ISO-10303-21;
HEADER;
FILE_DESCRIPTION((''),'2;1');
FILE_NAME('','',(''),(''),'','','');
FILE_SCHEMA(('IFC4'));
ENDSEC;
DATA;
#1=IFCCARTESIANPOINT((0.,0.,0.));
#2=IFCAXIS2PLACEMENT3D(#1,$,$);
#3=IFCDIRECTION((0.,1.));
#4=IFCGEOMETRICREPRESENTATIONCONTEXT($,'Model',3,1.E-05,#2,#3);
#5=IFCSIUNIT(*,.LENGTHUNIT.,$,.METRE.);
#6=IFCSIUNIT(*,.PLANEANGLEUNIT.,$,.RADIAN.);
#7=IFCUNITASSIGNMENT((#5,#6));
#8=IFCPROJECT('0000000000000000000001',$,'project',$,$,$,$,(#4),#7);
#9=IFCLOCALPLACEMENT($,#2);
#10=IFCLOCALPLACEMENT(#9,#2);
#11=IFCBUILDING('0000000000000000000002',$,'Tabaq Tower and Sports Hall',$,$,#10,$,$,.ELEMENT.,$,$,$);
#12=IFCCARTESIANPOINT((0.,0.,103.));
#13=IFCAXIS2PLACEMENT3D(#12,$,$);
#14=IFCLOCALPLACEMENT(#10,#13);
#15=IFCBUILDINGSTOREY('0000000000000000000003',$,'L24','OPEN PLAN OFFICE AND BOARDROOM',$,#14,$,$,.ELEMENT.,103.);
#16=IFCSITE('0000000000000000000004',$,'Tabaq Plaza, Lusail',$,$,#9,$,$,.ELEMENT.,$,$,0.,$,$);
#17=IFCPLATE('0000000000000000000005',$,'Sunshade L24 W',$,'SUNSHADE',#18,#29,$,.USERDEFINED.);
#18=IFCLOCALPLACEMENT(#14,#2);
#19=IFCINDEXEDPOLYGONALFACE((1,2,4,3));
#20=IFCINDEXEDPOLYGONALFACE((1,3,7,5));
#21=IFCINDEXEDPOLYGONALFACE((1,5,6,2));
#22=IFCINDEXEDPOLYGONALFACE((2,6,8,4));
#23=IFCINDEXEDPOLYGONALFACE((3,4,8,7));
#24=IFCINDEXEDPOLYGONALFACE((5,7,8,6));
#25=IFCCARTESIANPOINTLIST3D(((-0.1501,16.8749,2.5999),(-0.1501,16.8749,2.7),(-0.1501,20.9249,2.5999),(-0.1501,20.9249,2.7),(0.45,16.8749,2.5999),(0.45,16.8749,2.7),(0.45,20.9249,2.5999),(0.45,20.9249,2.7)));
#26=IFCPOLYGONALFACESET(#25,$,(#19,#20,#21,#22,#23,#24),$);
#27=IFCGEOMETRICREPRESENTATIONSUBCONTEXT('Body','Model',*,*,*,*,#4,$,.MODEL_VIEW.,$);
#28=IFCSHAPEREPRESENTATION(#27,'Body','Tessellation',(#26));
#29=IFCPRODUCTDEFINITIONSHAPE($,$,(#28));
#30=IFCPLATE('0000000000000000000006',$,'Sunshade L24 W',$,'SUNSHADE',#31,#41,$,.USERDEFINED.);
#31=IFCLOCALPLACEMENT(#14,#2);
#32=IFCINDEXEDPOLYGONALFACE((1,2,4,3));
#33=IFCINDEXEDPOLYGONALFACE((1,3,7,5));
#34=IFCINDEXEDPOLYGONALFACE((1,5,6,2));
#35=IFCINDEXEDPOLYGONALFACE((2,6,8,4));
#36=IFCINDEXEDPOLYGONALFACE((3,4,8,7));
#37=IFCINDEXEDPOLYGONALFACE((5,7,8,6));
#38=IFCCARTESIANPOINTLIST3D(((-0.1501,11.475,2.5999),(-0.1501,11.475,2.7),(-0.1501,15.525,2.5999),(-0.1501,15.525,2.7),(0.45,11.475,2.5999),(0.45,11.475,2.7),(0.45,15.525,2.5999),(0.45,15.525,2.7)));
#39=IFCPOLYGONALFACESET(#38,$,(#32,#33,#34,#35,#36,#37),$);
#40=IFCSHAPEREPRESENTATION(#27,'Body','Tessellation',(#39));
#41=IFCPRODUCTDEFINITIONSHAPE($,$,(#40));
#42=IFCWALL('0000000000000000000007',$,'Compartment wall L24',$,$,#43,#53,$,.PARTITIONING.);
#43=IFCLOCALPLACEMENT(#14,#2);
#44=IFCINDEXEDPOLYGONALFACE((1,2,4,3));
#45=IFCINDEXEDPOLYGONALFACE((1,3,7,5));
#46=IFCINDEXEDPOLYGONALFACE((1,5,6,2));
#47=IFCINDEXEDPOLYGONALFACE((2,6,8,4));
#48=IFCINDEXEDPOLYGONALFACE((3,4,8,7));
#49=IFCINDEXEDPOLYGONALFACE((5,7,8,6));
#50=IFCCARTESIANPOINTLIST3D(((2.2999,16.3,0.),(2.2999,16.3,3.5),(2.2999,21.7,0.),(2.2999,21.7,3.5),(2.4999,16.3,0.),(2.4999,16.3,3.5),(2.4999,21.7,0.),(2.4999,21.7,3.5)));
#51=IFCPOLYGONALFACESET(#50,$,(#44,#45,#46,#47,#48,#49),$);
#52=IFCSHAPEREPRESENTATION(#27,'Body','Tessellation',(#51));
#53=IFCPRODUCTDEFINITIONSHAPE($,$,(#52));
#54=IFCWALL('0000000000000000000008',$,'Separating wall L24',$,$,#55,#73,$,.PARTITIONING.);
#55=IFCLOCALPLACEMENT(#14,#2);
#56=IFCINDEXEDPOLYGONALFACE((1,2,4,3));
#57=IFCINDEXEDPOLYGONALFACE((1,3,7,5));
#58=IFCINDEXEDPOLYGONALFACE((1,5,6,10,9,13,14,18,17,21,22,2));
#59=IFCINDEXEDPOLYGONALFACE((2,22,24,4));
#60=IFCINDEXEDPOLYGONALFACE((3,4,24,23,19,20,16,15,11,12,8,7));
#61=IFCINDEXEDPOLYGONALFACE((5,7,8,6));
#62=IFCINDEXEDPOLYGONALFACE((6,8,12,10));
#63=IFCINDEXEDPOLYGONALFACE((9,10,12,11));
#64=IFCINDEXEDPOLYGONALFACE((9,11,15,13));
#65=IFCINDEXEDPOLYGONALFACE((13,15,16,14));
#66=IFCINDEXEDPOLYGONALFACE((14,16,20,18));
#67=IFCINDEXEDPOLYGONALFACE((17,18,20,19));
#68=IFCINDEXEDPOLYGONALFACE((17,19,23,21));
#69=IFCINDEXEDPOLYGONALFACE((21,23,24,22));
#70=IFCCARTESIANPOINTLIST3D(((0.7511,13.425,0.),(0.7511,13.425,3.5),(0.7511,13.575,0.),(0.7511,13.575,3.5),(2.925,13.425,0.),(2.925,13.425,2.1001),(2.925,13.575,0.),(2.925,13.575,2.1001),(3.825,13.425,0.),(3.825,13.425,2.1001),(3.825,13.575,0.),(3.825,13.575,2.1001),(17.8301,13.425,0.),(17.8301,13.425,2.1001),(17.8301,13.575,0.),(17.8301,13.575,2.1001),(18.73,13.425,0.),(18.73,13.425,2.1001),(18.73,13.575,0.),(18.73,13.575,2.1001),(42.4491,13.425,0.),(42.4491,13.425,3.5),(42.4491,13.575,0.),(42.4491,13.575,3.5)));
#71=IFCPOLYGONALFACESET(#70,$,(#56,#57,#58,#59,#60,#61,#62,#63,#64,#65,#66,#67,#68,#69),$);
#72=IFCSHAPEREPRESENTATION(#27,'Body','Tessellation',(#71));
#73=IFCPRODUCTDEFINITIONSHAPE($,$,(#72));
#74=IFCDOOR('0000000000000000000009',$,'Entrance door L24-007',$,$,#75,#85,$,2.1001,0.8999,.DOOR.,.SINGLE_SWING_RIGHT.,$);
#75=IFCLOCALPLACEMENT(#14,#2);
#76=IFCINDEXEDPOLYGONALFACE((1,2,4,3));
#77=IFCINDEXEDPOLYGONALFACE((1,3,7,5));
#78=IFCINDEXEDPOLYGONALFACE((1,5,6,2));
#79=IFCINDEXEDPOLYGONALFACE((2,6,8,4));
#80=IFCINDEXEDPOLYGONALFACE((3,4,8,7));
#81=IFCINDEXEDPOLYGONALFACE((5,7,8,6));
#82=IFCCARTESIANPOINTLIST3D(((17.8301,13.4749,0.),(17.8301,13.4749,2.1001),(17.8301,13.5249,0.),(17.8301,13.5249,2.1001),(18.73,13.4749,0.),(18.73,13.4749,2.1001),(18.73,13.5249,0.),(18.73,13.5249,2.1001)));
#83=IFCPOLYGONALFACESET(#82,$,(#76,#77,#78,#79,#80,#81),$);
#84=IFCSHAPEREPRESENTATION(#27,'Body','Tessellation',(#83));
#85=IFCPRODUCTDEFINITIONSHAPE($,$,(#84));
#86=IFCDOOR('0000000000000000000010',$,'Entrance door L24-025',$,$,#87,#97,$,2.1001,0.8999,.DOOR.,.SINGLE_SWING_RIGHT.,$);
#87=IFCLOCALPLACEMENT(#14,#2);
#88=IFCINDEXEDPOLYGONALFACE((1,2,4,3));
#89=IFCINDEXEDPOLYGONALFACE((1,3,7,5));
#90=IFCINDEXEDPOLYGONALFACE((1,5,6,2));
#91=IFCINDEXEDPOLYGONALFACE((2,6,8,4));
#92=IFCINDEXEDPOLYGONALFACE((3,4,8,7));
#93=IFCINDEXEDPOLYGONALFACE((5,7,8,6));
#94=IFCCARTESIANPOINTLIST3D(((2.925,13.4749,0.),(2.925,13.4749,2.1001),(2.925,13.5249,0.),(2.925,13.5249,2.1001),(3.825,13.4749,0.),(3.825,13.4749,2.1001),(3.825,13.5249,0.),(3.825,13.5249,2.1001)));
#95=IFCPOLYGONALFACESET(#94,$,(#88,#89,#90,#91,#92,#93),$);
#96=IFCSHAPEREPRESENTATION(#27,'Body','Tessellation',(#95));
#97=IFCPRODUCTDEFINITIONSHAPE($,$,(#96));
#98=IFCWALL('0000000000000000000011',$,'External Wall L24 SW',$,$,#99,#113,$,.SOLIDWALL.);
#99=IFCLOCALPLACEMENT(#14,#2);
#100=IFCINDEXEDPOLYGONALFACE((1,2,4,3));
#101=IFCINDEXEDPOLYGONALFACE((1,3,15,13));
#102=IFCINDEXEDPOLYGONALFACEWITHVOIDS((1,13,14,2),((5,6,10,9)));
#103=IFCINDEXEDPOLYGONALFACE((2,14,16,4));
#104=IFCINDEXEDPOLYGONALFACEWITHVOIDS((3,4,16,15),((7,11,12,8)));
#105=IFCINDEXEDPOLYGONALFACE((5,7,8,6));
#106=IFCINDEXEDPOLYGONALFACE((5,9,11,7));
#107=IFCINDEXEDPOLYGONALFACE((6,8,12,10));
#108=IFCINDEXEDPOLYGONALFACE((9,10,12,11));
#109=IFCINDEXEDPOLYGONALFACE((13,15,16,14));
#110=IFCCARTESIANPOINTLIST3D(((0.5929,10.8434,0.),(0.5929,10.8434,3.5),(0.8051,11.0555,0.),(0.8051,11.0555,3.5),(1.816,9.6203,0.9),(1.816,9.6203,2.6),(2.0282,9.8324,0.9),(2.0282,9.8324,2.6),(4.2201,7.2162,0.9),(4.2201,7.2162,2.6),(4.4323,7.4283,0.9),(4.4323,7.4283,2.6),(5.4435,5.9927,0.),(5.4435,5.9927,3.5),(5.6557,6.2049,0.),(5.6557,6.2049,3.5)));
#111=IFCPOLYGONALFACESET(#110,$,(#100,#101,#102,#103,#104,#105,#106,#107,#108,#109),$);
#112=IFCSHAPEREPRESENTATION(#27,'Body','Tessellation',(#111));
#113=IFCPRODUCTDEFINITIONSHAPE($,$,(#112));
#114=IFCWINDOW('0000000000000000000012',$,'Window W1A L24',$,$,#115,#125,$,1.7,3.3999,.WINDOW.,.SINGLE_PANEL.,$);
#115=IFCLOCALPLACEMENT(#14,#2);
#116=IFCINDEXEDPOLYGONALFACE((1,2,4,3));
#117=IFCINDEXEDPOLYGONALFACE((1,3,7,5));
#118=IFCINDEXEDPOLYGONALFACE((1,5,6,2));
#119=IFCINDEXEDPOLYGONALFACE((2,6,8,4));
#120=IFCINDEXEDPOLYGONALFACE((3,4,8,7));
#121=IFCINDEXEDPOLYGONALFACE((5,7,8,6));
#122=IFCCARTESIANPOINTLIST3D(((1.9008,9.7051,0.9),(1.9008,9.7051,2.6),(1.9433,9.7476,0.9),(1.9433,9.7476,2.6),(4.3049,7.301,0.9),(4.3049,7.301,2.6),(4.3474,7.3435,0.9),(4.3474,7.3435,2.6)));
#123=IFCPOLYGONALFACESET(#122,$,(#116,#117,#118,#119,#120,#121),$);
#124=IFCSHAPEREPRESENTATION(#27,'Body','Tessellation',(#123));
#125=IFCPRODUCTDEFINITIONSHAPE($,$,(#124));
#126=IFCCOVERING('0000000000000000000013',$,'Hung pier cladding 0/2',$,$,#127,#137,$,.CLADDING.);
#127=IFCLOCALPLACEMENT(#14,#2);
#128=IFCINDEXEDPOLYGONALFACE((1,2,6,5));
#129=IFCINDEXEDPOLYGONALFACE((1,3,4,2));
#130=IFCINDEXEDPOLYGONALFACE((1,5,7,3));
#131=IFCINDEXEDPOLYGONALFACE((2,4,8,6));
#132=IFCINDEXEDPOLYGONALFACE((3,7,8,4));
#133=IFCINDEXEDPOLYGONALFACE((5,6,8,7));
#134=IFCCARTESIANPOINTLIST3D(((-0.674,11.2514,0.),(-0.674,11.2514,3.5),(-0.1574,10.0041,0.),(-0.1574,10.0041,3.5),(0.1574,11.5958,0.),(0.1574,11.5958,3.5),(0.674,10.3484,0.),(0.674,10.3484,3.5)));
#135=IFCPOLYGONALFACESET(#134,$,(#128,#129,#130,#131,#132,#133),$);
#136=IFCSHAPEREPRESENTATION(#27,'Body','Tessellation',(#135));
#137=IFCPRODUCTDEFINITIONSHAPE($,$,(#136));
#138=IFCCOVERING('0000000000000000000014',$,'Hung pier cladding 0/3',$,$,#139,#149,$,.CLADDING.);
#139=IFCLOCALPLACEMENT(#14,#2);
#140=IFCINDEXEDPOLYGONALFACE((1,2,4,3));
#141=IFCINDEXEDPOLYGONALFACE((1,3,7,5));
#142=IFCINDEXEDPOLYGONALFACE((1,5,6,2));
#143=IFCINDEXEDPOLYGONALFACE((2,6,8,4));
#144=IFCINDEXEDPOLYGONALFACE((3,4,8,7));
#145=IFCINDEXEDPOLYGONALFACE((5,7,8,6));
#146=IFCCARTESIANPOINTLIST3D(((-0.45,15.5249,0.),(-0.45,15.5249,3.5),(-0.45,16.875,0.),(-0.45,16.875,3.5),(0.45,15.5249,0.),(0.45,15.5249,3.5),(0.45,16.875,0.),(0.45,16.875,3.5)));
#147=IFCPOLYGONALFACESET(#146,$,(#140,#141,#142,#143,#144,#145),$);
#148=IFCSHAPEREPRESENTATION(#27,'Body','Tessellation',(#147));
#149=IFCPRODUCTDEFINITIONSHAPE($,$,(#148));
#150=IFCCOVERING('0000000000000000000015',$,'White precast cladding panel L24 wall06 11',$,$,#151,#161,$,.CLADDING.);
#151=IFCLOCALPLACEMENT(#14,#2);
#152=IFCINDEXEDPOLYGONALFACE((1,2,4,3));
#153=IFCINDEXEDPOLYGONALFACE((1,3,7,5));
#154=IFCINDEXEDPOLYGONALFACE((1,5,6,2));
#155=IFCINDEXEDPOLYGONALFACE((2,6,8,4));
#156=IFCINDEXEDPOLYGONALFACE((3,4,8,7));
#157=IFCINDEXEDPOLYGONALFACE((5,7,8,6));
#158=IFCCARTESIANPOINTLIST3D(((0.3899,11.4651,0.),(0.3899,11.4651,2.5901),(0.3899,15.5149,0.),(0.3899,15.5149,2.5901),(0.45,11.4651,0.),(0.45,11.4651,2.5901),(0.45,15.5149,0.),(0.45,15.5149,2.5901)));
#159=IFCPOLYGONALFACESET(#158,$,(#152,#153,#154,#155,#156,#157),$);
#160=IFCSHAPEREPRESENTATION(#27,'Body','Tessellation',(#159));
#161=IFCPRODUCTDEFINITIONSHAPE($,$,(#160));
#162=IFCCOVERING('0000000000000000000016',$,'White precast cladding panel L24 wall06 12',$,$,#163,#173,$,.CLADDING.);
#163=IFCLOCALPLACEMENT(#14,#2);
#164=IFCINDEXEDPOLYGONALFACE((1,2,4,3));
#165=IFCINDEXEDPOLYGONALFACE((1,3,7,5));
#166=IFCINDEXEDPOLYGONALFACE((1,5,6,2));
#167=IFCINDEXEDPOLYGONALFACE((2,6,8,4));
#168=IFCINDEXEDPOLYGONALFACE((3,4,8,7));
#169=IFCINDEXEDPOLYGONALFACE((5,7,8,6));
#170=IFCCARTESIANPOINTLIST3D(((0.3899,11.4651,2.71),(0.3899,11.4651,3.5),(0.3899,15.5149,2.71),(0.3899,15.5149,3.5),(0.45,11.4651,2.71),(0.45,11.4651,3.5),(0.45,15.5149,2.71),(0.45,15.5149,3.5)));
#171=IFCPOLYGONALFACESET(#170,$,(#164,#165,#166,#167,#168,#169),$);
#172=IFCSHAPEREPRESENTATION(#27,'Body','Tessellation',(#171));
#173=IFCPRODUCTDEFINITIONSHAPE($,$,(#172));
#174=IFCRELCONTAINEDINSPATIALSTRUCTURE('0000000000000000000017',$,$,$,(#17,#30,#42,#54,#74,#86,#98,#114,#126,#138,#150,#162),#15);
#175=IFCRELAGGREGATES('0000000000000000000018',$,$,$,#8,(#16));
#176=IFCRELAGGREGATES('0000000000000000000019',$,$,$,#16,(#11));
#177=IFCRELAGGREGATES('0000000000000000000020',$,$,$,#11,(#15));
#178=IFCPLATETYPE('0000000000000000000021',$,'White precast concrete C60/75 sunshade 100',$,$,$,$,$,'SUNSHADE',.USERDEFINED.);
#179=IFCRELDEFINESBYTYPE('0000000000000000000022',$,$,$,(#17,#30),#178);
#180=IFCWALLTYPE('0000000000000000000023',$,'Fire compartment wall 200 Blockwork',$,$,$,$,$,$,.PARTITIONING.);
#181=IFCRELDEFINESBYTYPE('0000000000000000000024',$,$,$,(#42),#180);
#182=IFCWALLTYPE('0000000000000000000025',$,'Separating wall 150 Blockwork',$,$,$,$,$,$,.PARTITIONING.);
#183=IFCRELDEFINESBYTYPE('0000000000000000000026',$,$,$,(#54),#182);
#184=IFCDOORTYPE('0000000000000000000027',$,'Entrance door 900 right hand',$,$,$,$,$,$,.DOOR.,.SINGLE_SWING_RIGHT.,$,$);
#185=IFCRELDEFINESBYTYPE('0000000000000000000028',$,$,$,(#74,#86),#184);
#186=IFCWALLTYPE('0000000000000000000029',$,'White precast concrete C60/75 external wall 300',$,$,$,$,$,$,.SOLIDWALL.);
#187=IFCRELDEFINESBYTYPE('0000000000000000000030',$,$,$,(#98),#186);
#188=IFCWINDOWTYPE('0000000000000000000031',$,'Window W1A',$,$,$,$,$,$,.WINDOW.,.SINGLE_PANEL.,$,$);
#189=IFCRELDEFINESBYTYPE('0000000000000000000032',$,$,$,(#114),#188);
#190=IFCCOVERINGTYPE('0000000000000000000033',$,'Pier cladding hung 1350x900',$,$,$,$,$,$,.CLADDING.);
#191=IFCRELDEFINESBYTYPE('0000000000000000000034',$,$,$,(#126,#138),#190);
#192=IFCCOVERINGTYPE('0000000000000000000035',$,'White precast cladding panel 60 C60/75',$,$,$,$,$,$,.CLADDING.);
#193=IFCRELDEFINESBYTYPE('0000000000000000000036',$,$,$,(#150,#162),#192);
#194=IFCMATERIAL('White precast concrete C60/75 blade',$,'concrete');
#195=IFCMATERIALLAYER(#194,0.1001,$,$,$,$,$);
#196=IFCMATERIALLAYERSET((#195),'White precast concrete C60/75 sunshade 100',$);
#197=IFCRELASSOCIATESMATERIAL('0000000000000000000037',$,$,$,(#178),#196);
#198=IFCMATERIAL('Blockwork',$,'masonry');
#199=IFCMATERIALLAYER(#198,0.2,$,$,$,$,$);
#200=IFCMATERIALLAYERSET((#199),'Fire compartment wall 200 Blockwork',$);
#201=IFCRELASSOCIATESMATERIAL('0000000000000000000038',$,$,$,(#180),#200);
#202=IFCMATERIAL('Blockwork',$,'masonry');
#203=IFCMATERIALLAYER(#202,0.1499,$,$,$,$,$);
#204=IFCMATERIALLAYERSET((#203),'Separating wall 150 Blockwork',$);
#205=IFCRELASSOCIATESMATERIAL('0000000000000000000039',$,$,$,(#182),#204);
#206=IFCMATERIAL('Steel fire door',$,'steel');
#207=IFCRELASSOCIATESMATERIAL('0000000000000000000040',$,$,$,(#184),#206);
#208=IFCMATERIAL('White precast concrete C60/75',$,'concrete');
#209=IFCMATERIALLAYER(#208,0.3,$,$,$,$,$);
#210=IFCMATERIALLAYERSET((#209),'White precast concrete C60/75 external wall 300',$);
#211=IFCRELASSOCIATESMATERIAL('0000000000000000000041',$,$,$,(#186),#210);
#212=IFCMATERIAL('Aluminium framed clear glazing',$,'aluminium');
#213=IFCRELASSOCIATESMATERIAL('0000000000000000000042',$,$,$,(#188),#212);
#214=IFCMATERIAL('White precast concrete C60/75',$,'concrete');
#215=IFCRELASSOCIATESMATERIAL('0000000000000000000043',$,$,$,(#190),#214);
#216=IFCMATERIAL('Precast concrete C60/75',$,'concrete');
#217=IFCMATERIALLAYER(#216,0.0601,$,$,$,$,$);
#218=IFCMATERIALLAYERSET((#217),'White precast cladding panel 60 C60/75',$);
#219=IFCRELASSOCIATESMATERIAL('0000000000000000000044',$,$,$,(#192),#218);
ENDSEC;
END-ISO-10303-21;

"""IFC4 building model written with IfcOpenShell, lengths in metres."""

from ifc_helpers import new_model, si_unit, direction, frame, frame_2d, origin, origin_2d, place, context, subcontext, project, spatial, rectangle, extrude, material, layer, layer_set, type_object, element, fill, save


model = new_model("IFC4")

# Units and contexts
model_context = context("Model", 3, precision=1e-05, world=origin(), true_north=direction((0.0, 1.0)))
body_context = subcontext(model_context, "Body", "Model", "MODEL_VIEW")
ifc_project = project(units=[si_unit("LENGTHUNIT", "METRE"), si_unit("PLANEANGLEUNIT", "RADIAN")], contexts=[model_context])

# Site, building, storey
site_placement = place(None, origin())
site = spatial("IfcSite", under=ifc_project, at=site_placement, Name="Tabaq Plaza, Lusail", CompositionType="ELEMENT", RefElevation=0.0)
building_placement = place(site_placement, origin())
building = spatial("IfcBuilding", under=site, at=building_placement, Name="Tabaq Tower and Sports Hall", CompositionType="ELEMENT")
storey_placement = place(building_placement, frame((0.0, 0.0, 103.0)))
storey = spatial("IfcBuildingStorey", under=building, at=storey_placement, Name="L24", Description="OPEN PLAN OFFICE AND BOARDROOM", CompositionType="ELEMENT", Elevation=103.0)

# Plates
ifc_material_1 = material(Name="White precast concrete C60/75 blade", Category="concrete")
ifc_layer_1 = layer(ifc_material_1, 0.1001)
ifc_layer_set_1 = layer_set([ifc_layer_1], Name="White precast concrete C60/75 sunshade 100")
plate_type = type_object("IfcPlateType", Name="White precast concrete C60/75 sunshade 100", ElementType="SUNSHADE", PredefinedType="USERDEFINED", material=ifc_layer_set_1)
for number, where, z_axis, x_axis, name in (
    (1, (0.1499, 18.8999, 2.5999), (0.0, 0.0, 1.0), (0.0, -1.0, 0.0), "Sunshade L24 W"),
    (2, (0.1499, 13.5, 2.5999), (0.0, 0.0, 1.0), (0.0, -1.0, 0.0), "Sunshade L24 W"),
):
    element("IfcPlate", number, at=place(storey_placement, frame(where, z_axis=z_axis, x_axis=x_axis)), inside=storey, type_object=plate_type, Name=name, ObjectType="SUNSHADE", PredefinedType="USERDEFINED", context=body_context, shape_type="SweptSolid", body=[
        extrude(rectangle(XDim=4.05, YDim=0.6001, at=origin_2d()), origin(), (0.0, 0.0, 1.0), 0.1001),
    ])

# Wall
ifc_material_2 = material(Name="Blockwork", Category="masonry")
ifc_layer_2 = layer(ifc_material_2, 0.2)
ifc_layer_set_2 = layer_set([ifc_layer_2], Name="Fire compartment wall 200 Blockwork")
wall_type_1 = type_object("IfcWallType", Name="Fire compartment wall 200 Blockwork", PredefinedType="PARTITIONING", material=ifc_layer_set_2)
wall_1_placement = place(storey_placement, frame((2.3999, 16.3, 0.0), z_axis=(0.0, 0.0, 1.0), x_axis=(0.0, 1.0, 0.0)))
element("IfcWall", 3, at=wall_1_placement, inside=storey, type_object=wall_type_1, Name="Compartment wall L24", PredefinedType="PARTITIONING", context=body_context, shape_type="SweptSolid", body=[
    extrude(rectangle(XDim=5.3999, YDim=0.2, at=frame_2d((2.7, 0.0))), origin(), (0.0, 0.0, 1.0), 3.5),
])

# Wall, openings, doors
ifc_material_3 = material(Name="Blockwork", Category="masonry")
ifc_layer_3 = layer(ifc_material_3, 0.1499)
ifc_layer_set_3 = layer_set([ifc_layer_3], Name="Separating wall 150 Blockwork")
wall_type_2 = type_object("IfcWallType", Name="Separating wall 150 Blockwork", PredefinedType="PARTITIONING", material=ifc_layer_set_3)
wall_2_placement = place(storey_placement, frame((0.751, 13.5, 0.0), z_axis=(0.0, 0.0, 1.0), x_axis=(1.0, 0.0, 0.0)))
wall_2 = element("IfcWall", 4, at=wall_2_placement, inside=storey, type_object=wall_type_2, Name="Separating wall L24", PredefinedType="PARTITIONING", context=body_context, shape_type="SweptSolid", body=[
    extrude(rectangle(XDim=41.698, YDim=0.1499, at=frame_2d((20.8491, 0.0))), origin(), (0.0, 0.0, 1.0), 3.5),
])
opening_1_placement = place(wall_2_placement, frame((17.0791, 0.0, 0.0)))
opening_1 = element("IfcOpeningElement", 5, at=opening_1_placement, cuts=wall_2, PredefinedType="OPENING", context=body_context, shape_type="SweptSolid", body=[
    extrude(rectangle(XDim=0.8999, YDim=2.1001, at=frame_2d((0.45, 1.05))), frame((0.0, 0.075, 0.0), z_axis=(0.0, -1.0, 0.0), x_axis=(1.0, 0.0, 0.0)), (0.0, 0.0, 1.0), 0.1499),
])
opening_2_placement = place(wall_2_placement, frame((2.1741, 0.0, 0.0)))
opening_2 = element("IfcOpeningElement", 6, at=opening_2_placement, cuts=wall_2, PredefinedType="OPENING", context=body_context, shape_type="SweptSolid", body=[
    extrude(rectangle(XDim=0.8999, YDim=2.1001, at=frame_2d((0.45, 1.05))), frame((0.0, 0.075, 0.0), z_axis=(0.0, -1.0, 0.0), x_axis=(1.0, 0.0, 0.0)), (0.0, 0.0, 1.0), 0.1499),
])
ifc_material_4 = material(Name="Steel fire door", Category="steel")
door_type = type_object("IfcDoorType", Name="Entrance door 900 right hand", OperationType="SINGLE_SWING_RIGHT", PredefinedType="DOOR", material=ifc_material_4)
door_1_placement = place(opening_1_placement, origin())
door_1 = element("IfcDoor", 7, at=door_1_placement, inside=storey, type_object=door_type, Name="Entrance door L24-007", OperationType="SINGLE_SWING_RIGHT", OverallHeight=2.1001, OverallWidth=0.8999, PredefinedType="DOOR", context=body_context, shape_type="SweptSolid", body=[
    extrude(rectangle(XDim=0.8999, YDim=2.1001, at=frame_2d((0.45, 1.05))), frame((0.0, 0.0249, 0.0), z_axis=(0.0, -1.0, 0.0), x_axis=(1.0, 0.0, 0.0)), (0.0, 0.0, 1.0), 0.05),
])
fill(opening_1, door_1)
door_2_placement = place(opening_2_placement, origin())
door_2 = element("IfcDoor", 8, at=door_2_placement, inside=storey, type_object=door_type, Name="Entrance door L24-025", OperationType="SINGLE_SWING_RIGHT", OverallHeight=2.1001, OverallWidth=0.8999, PredefinedType="DOOR", context=body_context, shape_type="SweptSolid", body=[
    extrude(rectangle(XDim=0.8999, YDim=2.1001, at=frame_2d((0.45, 1.05))), frame((0.0, 0.0249, 0.0), z_axis=(0.0, -1.0, 0.0), x_axis=(1.0, 0.0, 0.0)), (0.0, 0.0, 1.0), 0.05),
])
fill(opening_2, door_2)

# Wall, opening, window
ifc_material_5 = material(Name="White precast concrete C60/75", Category="concrete")
ifc_layer_4 = layer(ifc_material_5, 0.3)
ifc_layer_set_4 = layer_set([ifc_layer_4], Name="White precast concrete C60/75 external wall 300")
wall_type_3 = type_object("IfcWallType", Name="White precast concrete C60/75 external wall 300", PredefinedType="SOLIDWALL", material=ifc_layer_set_4)
wall_3_placement = place(storey_placement, frame((0.699, 10.9495, 0.0), z_axis=(0.0, 0.0, 1.0), x_axis=(0.707107, -0.707107, 0.0)))
wall_3 = element("IfcWall", 9, at=wall_3_placement, inside=storey, type_object=wall_type_3, Name="External Wall L24 SW", PredefinedType="SOLIDWALL", context=body_context, shape_type="SweptSolid", body=[
    extrude(rectangle(XDim=6.8599, YDim=0.3, at=frame_2d((3.4299, 0.0))), origin(), (0.0, 0.0, 1.0), 3.5),
])
opening_3_placement = place(wall_3_placement, frame((1.7297, 0.0, 0.8999)))
opening_3 = element("IfcOpeningElement", 10, at=opening_3_placement, cuts=wall_3, PredefinedType="OPENING", context=body_context, shape_type="SweptSolid", body=[
    extrude(rectangle(XDim=3.3999, YDim=1.7, at=frame_2d((1.7, 0.8501))), frame((0.0, 0.1602, 0.0), z_axis=(0.0, -1.0, 0.0), x_axis=(1.0, 0.0, 0.0)), (0.0, 0.0, 1.0), 0.3201),
])
ifc_material_6 = material(Name="Aluminium framed clear glazing", Category="aluminium")
window_type = type_object("IfcWindowType", Name="Window W1A", PartitioningType="SINGLE_PANEL", PredefinedType="WINDOW", material=ifc_material_6)
window_placement = place(opening_3_placement, origin())
window = element("IfcWindow", 11, at=window_placement, inside=storey, type_object=window_type, Name="Window W1A L24", OverallHeight=1.7, OverallWidth=3.3999, PartitioningType="SINGLE_PANEL", PredefinedType="WINDOW", context=body_context, shape_type="SweptSolid", body=[
    extrude(rectangle(XDim=3.3999, YDim=1.7, at=frame_2d((1.7, 0.8501))), frame((0.0, 0.03, 0.0), z_axis=(0.0, -1.0, 0.0), x_axis=(1.0, 0.0, 0.0)), (0.0, 0.0, 1.0), 0.0601),
])
fill(opening_3, window)

# Coverings
ifc_material_7 = material(Name="White precast concrete C60/75", Category="concrete")
covering_type_1 = type_object("IfcCoveringType", Name="Pier cladding hung 1350x900", PredefinedType="CLADDING", material=ifc_material_7)
for number, where, z_axis, x_axis, name in (
    (12, (-0.2583, 11.4236, 0.0), (0.0, 0.0, 1.0), (0.38265, -0.923893, 0.0), "Hung pier cladding 0/2"),
    (13, (0.0, 16.875, 0.0), (0.0, 0.0, 1.0), (0.0, -1.0, 0.0), "Hung pier cladding 0/3"),
):
    element("IfcCovering", number, at=place(storey_placement, frame(where, z_axis=z_axis, x_axis=x_axis)), inside=storey, type_object=covering_type_1, Name=name, PredefinedType="CLADDING", context=body_context, shape_type="SweptSolid", body=[
        extrude(rectangle(XDim=1.3501, YDim=0.8999, at=frame_2d((0.675, 0.0))), origin(), (0.0, 0.0, 1.0), 3.5),
    ])
ifc_material_8 = material(Name="Precast concrete C60/75", Category="concrete")
ifc_layer_5 = layer(ifc_material_8, 0.0601)
ifc_layer_set_5 = layer_set([ifc_layer_5], Name="White precast cladding panel 60 C60/75")
covering_type_2 = type_object("IfcCoveringType", Name="White precast cladding panel 60 C60/75", PredefinedType="CLADDING", material=ifc_layer_set_5)
covering_1_placement = place(storey_placement, frame((0.4199, 15.5149, 0.0), z_axis=(0.0, 0.0, 1.0), x_axis=(0.0, -1.0, 0.0)))
element("IfcCovering", 14, at=covering_1_placement, inside=storey, type_object=covering_type_2, Name="White precast cladding panel L24 wall06 11", PredefinedType="CLADDING", context=body_context, shape_type="SweptSolid", body=[
    extrude(rectangle(XDim=4.0498, YDim=0.0601, at=frame_2d((2.0249, 0.0))), origin(), (0.0, 0.0, 1.0), 2.5901),
])
covering_2_placement = place(storey_placement, frame((0.4199, 15.5149, 2.71), z_axis=(0.0, 0.0, 1.0), x_axis=(0.0, -1.0, 0.0)))
element("IfcCovering", 15, at=covering_2_placement, inside=storey, type_object=covering_type_2, Name="White precast cladding panel L24 wall06 12", PredefinedType="CLADDING", context=body_context, shape_type="SweptSolid", body=[
    extrude(rectangle(XDim=4.0498, YDim=0.0601, at=frame_2d((2.0249, 0.0))), origin(), (0.0, 0.0, 1.0), 0.79),
])

save(model, "model.ifc")
